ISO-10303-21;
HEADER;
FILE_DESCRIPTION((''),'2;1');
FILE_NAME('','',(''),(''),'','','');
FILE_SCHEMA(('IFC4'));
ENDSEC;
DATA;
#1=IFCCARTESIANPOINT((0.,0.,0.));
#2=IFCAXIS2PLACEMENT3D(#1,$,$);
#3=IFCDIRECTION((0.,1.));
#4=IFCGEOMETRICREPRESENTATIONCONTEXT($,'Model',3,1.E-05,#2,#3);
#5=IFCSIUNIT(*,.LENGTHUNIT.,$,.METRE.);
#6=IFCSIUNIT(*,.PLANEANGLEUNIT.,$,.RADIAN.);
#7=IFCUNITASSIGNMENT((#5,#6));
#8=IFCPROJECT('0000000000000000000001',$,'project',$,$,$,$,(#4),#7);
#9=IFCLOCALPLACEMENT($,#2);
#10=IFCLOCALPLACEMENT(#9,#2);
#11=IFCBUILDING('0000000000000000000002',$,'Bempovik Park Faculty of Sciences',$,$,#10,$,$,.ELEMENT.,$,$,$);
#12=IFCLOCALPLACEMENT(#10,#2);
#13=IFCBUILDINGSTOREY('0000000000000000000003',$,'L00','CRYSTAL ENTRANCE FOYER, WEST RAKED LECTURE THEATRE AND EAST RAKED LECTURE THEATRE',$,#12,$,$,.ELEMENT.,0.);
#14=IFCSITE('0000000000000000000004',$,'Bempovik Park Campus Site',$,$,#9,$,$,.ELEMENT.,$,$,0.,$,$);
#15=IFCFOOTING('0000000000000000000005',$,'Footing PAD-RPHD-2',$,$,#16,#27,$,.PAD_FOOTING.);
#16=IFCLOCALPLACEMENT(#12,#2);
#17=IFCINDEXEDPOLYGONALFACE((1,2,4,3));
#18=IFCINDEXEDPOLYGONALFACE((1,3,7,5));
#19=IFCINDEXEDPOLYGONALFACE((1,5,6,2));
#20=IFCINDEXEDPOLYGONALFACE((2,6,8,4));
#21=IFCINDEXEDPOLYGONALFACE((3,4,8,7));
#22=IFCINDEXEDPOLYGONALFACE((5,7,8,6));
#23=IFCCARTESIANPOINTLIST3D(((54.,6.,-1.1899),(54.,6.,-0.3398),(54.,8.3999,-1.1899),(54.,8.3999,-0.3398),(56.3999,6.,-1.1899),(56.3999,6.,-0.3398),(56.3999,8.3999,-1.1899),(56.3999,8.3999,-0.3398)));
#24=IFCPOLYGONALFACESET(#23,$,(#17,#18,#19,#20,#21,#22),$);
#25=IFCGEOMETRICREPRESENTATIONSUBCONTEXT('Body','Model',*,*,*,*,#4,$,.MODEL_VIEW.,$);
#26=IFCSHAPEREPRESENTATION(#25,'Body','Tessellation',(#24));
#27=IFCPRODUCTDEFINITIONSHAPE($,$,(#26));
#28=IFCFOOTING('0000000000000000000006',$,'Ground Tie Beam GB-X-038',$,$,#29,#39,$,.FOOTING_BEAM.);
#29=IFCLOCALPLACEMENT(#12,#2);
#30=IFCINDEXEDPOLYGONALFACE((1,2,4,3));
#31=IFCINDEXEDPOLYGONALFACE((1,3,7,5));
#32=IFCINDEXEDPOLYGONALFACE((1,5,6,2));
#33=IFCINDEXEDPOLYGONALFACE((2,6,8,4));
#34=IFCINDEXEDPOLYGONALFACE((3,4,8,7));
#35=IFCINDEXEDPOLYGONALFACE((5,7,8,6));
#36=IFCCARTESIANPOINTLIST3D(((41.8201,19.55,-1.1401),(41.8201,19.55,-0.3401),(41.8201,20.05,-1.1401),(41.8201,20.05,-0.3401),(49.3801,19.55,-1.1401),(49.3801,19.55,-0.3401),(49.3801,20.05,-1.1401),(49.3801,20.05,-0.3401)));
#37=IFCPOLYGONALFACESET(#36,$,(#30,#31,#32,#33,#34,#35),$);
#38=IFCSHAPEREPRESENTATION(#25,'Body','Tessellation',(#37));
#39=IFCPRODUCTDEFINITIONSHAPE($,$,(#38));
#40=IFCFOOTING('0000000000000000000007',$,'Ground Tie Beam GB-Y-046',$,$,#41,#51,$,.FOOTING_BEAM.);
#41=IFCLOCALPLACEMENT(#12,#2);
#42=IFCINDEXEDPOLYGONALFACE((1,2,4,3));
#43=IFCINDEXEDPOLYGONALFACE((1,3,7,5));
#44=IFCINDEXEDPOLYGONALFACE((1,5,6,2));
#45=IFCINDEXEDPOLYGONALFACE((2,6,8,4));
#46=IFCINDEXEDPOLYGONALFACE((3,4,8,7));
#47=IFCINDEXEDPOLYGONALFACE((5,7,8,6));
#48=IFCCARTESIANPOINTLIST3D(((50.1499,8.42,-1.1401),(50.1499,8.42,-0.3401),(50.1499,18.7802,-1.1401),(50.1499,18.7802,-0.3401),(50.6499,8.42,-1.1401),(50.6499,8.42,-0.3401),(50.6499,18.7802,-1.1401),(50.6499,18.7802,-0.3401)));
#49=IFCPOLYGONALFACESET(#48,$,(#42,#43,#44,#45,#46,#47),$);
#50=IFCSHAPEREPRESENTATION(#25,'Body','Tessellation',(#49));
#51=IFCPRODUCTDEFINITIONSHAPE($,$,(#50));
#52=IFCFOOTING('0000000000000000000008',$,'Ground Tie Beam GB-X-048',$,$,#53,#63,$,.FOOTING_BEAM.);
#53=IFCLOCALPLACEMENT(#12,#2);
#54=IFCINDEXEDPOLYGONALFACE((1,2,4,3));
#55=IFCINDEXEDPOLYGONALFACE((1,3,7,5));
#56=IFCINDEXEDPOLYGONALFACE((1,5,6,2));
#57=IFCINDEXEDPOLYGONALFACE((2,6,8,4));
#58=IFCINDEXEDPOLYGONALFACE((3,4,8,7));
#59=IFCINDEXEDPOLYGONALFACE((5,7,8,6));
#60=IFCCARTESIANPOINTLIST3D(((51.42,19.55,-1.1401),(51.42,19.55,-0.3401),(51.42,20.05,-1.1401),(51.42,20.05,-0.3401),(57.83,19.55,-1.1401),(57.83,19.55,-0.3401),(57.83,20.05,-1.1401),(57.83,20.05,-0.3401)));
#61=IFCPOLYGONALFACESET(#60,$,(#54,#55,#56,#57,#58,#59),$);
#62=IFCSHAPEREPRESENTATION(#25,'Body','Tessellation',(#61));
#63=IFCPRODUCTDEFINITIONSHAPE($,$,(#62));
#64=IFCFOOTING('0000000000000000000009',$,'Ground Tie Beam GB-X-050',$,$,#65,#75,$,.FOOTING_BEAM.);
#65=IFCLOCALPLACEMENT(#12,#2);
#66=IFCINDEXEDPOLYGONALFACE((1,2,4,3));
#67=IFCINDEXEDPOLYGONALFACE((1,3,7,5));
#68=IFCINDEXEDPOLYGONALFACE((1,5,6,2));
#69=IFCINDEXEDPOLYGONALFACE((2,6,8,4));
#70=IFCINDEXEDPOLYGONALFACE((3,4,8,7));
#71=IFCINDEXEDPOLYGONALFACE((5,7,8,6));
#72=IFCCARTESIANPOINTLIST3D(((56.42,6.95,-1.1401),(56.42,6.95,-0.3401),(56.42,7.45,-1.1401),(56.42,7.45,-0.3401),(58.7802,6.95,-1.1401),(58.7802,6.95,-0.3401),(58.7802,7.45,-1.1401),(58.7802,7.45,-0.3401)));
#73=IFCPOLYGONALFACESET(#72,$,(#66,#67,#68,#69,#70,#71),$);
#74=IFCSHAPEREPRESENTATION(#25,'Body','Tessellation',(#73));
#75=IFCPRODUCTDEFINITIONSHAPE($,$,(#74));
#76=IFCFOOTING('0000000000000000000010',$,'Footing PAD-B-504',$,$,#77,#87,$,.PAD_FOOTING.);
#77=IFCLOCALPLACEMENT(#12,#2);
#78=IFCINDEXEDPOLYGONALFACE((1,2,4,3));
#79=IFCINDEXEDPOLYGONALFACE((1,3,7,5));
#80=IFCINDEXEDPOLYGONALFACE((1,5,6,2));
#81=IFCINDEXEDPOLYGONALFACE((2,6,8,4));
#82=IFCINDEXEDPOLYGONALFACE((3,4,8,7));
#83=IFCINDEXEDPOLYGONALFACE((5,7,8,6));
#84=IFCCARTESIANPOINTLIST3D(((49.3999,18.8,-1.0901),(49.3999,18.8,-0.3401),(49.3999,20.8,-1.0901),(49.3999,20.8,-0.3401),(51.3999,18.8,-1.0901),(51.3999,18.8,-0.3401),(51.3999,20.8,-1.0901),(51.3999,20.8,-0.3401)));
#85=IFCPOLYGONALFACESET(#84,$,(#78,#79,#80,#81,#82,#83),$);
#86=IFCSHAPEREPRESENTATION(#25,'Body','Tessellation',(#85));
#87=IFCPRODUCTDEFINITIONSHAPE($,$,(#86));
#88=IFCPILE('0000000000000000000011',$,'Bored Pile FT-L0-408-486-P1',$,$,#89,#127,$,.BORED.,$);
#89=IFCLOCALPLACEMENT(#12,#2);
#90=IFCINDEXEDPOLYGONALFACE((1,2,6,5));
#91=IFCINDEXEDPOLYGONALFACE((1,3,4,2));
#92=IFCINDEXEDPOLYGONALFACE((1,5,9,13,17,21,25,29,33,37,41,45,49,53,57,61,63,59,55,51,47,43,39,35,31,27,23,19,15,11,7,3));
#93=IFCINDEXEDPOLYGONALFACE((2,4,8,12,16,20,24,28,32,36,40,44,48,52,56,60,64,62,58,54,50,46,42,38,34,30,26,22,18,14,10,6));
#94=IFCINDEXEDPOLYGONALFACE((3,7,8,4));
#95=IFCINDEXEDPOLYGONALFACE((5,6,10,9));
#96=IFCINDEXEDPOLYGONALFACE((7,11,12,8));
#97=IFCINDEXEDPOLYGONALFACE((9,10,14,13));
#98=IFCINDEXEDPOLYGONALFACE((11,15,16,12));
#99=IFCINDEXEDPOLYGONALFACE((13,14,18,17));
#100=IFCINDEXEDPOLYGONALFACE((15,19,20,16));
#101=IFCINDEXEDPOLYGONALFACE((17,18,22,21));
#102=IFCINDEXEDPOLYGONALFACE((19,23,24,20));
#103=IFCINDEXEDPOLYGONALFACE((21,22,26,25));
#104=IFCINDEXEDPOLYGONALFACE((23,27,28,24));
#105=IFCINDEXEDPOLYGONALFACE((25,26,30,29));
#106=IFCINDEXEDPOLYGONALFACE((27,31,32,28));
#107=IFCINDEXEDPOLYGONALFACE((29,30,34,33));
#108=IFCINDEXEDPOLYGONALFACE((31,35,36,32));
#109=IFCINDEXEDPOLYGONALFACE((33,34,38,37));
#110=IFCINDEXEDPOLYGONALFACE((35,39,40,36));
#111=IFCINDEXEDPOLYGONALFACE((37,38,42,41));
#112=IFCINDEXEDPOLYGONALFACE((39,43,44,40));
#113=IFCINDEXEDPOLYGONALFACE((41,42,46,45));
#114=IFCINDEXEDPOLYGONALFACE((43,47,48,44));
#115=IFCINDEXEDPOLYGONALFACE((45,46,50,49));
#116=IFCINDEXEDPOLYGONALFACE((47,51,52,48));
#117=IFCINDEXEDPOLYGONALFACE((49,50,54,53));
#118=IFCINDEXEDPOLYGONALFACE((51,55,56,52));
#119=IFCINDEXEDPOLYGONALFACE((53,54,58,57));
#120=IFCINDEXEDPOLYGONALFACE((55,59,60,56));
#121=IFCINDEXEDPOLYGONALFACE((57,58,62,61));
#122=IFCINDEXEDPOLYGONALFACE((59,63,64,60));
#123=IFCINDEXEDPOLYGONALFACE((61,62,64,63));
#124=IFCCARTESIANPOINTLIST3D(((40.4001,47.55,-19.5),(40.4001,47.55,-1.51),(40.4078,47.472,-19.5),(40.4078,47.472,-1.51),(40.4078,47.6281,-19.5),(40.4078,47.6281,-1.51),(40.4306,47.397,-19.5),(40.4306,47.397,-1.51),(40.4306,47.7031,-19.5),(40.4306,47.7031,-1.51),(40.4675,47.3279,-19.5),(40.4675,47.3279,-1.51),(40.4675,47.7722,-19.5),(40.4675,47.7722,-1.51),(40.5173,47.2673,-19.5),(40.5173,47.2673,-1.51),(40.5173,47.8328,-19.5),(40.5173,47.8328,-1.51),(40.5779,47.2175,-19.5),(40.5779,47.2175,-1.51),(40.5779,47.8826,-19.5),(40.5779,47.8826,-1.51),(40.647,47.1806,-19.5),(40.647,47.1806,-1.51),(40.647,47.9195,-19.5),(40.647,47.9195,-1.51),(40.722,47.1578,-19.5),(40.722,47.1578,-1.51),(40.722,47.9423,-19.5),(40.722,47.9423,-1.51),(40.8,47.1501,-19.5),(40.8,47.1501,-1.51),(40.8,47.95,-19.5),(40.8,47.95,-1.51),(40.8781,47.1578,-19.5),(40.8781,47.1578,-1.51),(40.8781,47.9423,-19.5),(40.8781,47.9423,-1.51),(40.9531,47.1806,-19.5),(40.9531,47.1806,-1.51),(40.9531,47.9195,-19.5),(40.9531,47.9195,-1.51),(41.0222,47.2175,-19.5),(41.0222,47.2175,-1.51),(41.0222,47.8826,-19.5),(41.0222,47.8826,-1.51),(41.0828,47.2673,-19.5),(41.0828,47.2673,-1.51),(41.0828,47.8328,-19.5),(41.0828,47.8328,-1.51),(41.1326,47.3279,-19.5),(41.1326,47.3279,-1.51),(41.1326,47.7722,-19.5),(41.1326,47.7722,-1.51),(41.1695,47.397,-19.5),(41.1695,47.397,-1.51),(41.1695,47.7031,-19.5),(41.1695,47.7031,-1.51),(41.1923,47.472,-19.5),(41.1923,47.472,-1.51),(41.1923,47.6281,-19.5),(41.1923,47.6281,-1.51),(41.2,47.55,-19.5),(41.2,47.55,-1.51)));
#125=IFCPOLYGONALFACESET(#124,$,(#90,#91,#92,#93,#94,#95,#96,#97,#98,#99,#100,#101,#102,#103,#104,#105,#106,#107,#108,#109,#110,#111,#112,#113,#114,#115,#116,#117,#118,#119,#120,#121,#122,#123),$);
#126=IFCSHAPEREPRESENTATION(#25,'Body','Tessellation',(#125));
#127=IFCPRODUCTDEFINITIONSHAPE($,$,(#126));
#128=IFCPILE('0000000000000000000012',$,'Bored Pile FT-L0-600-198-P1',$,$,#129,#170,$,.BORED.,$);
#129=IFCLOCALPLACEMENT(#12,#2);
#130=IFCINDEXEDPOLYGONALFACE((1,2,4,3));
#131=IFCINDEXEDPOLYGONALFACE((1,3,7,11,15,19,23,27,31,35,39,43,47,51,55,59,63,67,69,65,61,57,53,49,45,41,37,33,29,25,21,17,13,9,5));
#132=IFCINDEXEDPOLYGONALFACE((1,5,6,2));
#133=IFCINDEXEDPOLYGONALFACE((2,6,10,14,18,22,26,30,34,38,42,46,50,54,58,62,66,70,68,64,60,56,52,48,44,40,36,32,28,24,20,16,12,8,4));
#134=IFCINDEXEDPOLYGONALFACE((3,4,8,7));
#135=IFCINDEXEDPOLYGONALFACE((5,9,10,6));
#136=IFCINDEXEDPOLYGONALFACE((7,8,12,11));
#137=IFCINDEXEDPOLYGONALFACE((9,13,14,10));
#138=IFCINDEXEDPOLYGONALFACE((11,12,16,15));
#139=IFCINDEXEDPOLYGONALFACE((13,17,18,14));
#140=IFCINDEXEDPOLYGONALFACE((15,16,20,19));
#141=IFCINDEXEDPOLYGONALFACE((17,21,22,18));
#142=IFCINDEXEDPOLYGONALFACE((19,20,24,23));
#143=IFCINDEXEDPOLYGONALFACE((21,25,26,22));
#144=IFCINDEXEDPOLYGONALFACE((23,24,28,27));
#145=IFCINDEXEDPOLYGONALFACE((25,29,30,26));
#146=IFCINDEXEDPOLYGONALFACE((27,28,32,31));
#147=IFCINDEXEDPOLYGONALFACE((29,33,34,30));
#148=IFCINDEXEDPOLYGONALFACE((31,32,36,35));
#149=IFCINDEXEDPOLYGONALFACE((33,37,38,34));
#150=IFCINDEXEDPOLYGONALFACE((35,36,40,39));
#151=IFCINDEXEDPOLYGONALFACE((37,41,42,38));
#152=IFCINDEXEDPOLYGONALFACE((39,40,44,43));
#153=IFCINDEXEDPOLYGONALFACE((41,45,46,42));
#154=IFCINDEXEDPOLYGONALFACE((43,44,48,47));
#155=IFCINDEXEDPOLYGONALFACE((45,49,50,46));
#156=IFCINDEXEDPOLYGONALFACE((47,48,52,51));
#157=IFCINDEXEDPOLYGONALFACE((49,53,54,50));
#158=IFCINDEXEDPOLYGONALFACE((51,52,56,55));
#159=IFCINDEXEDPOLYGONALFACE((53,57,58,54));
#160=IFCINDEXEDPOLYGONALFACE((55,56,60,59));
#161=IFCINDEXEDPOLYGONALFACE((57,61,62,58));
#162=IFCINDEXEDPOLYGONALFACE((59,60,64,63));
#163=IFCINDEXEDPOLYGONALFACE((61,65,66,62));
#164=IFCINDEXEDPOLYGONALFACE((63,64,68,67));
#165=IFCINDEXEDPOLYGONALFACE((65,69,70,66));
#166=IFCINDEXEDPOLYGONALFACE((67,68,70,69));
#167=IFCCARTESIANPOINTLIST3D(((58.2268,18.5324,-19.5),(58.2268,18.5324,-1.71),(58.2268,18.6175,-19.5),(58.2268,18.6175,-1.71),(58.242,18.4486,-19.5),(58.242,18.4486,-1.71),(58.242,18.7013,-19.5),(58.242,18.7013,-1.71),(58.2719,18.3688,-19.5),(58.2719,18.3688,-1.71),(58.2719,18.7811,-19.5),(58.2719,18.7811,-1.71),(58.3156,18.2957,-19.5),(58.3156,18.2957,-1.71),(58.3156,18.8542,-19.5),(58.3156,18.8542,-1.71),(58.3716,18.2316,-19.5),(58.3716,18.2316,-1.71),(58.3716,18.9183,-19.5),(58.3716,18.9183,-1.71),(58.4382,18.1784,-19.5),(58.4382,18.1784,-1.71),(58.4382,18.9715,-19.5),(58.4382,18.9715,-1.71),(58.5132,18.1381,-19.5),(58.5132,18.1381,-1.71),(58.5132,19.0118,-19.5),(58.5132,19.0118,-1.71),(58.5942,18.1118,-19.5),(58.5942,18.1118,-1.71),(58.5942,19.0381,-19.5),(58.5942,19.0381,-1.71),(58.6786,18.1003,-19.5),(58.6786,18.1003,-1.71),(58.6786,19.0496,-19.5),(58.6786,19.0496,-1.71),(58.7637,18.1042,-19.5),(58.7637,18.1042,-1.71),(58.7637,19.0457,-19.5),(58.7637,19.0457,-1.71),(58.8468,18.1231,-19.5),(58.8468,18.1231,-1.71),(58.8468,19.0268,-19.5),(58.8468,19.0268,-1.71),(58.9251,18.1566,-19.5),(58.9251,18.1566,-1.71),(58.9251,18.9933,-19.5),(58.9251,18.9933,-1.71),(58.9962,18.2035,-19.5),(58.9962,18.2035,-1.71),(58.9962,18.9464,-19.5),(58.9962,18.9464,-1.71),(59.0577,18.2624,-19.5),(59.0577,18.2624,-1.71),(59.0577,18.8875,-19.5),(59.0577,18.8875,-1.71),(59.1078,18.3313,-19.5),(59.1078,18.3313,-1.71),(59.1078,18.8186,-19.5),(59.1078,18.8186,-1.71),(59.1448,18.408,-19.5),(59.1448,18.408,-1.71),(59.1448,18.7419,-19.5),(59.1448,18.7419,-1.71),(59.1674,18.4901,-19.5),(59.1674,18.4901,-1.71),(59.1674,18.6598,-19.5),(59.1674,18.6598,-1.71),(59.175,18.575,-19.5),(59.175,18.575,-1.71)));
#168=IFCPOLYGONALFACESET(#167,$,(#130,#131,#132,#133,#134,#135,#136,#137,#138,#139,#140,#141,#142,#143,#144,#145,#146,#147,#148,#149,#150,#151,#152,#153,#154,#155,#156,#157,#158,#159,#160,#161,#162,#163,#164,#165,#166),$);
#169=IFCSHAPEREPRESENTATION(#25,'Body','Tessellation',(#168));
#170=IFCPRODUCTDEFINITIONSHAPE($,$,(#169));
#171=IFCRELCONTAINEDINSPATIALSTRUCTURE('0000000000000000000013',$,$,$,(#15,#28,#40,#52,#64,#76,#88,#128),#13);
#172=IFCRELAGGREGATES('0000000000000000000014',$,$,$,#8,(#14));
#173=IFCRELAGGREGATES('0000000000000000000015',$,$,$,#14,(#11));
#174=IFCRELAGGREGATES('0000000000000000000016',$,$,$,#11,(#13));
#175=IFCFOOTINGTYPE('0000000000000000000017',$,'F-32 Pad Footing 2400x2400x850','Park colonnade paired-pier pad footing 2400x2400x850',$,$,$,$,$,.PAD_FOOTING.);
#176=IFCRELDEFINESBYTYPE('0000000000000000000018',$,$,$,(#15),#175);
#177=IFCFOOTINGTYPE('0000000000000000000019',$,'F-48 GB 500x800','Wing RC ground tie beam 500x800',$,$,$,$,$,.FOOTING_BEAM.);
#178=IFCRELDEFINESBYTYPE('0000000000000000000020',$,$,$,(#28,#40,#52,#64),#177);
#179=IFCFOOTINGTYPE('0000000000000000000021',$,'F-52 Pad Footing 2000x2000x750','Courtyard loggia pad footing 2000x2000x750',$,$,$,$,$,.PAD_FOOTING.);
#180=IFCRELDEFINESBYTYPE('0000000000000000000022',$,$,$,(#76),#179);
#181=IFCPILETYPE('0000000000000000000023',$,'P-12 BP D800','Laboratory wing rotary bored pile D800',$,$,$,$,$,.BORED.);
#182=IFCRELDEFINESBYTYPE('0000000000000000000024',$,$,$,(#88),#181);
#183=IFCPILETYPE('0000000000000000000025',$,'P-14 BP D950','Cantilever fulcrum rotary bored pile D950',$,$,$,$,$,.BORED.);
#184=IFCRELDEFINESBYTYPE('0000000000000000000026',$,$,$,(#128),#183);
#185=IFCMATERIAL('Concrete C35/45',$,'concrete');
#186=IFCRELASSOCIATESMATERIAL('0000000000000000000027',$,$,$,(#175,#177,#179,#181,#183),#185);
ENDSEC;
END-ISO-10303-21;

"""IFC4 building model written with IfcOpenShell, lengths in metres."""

from ifc_helpers import new_model, si_unit, direction, frame, origin, origin_2d, place, context, subcontext, project, spatial, rectangle, circle, extrude, material, material_profile, profile_set, type_object, element, save


model = new_model("IFC4")

# Units and contexts
model_context = context("Model", 3, precision=1e-05, world=origin(), true_north=direction((0.0, 1.0)))
body_context = subcontext(model_context, "Body", "Model", "MODEL_VIEW")
ifc_project = project(units=[si_unit("LENGTHUNIT", "METRE"), si_unit("PLANEANGLEUNIT", "RADIAN")], contexts=[model_context])

# Site, building, storey
site_placement = place(None, origin())
site = spatial("IfcSite", under=ifc_project, at=site_placement, Name="Bempovik Park Campus Site", CompositionType="ELEMENT", RefElevation=0.0)
building_placement = place(site_placement, origin())
building = spatial("IfcBuilding", under=site, at=building_placement, Name="Bempovik Park Faculty of Sciences", CompositionType="ELEMENT")
storey_placement = place(building_placement, origin())
storey = spatial("IfcBuildingStorey", under=building, at=storey_placement, Name="L00", Description="CRYSTAL ENTRANCE FOYER, WEST RAKED LECTURE THEATRE AND EAST RAKED LECTURE THEATRE", CompositionType="ELEMENT", Elevation=0.0)

# Footings
ifc_material_1 = material(Name="Concrete C35/45", Category="concrete")
footing_type_1 = type_object("IfcFootingType", Name="F-32 Pad Footing 2400x2400x850", Description="Park colonnade paired-pier pad footing 2400x2400x850", PredefinedType="PAD_FOOTING", material=ifc_material_1)
footing_1_placement = place(storey_placement, frame((55.2, 7.2, -1.1899), z_axis=(0.0, 0.0, 1.0), x_axis=(1.0, 0.0, 0.0)))
element("IfcFooting", 1, at=footing_1_placement, inside=storey, type_object=footing_type_1, Name="Footing PAD-RPHD-2", PredefinedType="PAD_FOOTING", context=body_context, shape_type="SweptSolid", body=[
    extrude(rectangle(XDim=2.3999, YDim=2.3999, at=origin_2d()), origin(), (0.0, 0.0, 1.0), 0.8501),
])
footing_type_2 = type_object("IfcFootingType", Name="F-48 GB 500x800", Description="Wing RC ground tie beam 500x800", PredefinedType="FOOTING_BEAM", material=ifc_material_1)
footing_2_placement = place(storey_placement, frame((45.6001, 19.8, -1.1401), z_axis=(0.0, 0.0, 1.0), x_axis=(1.0, 0.0, 0.0)))
element("IfcFooting", 2, at=footing_2_placement, inside=storey, type_object=footing_type_2, Name="Ground Tie Beam GB-X-038", PredefinedType="FOOTING_BEAM", context=body_context, shape_type="SweptSolid", body=[
    extrude(rectangle(XDim=7.5601, YDim=0.5, at=origin_2d()), origin(), (0.0, 0.0, 1.0), 0.8),
])
footing_3_placement = place(storey_placement, frame((50.3999, 13.6001, -1.1401), z_axis=(0.0, 0.0, 1.0), x_axis=(1.0, 0.0, 0.0)))
element("IfcFooting", 3, at=footing_3_placement, inside=storey, type_object=footing_type_2, Name="Ground Tie Beam GB-Y-046", PredefinedType="FOOTING_BEAM", context=body_context, shape_type="SweptSolid", body=[
    extrude(rectangle(XDim=0.5, YDim=10.3601, at=origin_2d()), origin(), (0.0, 0.0, 1.0), 0.8),
])
footing_4_placement = place(storey_placement, frame((54.625, 19.8, -1.1401), z_axis=(0.0, 0.0, 1.0), x_axis=(1.0, 0.0, 0.0)))
element("IfcFooting", 4, at=footing_4_placement, inside=storey, type_object=footing_type_2, Name="Ground Tie Beam GB-X-048", PredefinedType="FOOTING_BEAM", context=body_context, shape_type="SweptSolid", body=[
    extrude(rectangle(XDim=6.4099, YDim=0.5, at=origin_2d()), origin(), (0.0, 0.0, 1.0), 0.8),
])
footing_5_placement = place(storey_placement, frame((57.6001, 7.2, -1.1401), z_axis=(0.0, 0.0, 1.0), x_axis=(1.0, 0.0, 0.0)))
element("IfcFooting", 5, at=footing_5_placement, inside=storey, type_object=footing_type_2, Name="Ground Tie Beam GB-X-050", PredefinedType="FOOTING_BEAM", context=body_context, shape_type="SweptSolid", body=[
    extrude(rectangle(XDim=2.3601, YDim=0.5, at=origin_2d()), origin(), (0.0, 0.0, 1.0), 0.8),
])
footing_type_3 = type_object("IfcFootingType", Name="F-52 Pad Footing 2000x2000x750", Description="Courtyard loggia pad footing 2000x2000x750", PredefinedType="PAD_FOOTING", material=ifc_material_1)
footing_6_placement = place(storey_placement, frame((50.3999, 19.8, -1.0901), z_axis=(0.0, 0.0, 1.0), x_axis=(1.0, 0.0, 0.0)))
element("IfcFooting", 6, at=footing_6_placement, inside=storey, type_object=footing_type_3, Name="Footing PAD-B-504", PredefinedType="PAD_FOOTING", context=body_context, shape_type="SweptSolid", body=[
    extrude(rectangle(XDim=2.0, YDim=2.0, at=origin_2d()), origin(), (0.0, 0.0, 1.0), 0.75),
])

# Piles
ifc_material_profile_1 = material_profile(ifc_material_1, circle(Radius=0.3999, at=origin_2d()), Name="BP D800")
ifc_profile_set_1 = profile_set([ifc_material_profile_1], Name="Concrete C35/45")
pile_type_1 = type_object("IfcPileType", Name="P-12 BP D800", Description="Laboratory wing rotary bored pile D800", PredefinedType="BORED", material=ifc_profile_set_1)
pile_placement = place(storey_placement, frame((40.8, 47.55, -1.51), z_axis=(0.0, 0.0, -1.0), x_axis=(1.0, 0.0, 0.0)))
element("IfcPile", 7, at=pile_placement, inside=storey, type_object=pile_type_1, Name="Bored Pile FT-L0-408-486-P1", PredefinedType="BORED", context=body_context, shape_type="SweptSolid", body=[
    extrude(circle(Radius=0.3999, at=origin_2d()), origin(), (0.0, 0.0, 1.0), 17.99),
])
ifc_material_profile_2 = material_profile(ifc_material_1, circle(Radius=0.4751, at=origin_2d()), Name="BP D950")
ifc_profile_set_2 = profile_set([ifc_material_profile_2], Name="Concrete C35/45")
pile_type_2 = type_object("IfcPileType", Name="P-14 BP D950", Description="Cantilever fulcrum rotary bored pile D950", PredefinedType="BORED", material=ifc_profile_set_2)
for number, where, z_axis, x_axis, name in (
    (8, (58.7, 18.575, -1.71), (0.0, 0.0, -1.0), (1.0, 0.0, 0.0), "Bored Pile FT-L0-600-198-P1"),
):
    element("IfcPile", number, at=place(storey_placement, frame(where, z_axis=z_axis, x_axis=x_axis)), inside=storey, type_object=pile_type_2, Name=name, PredefinedType="BORED", context=body_context, shape_type="SweptSolid", body=[
        extrude(circle(Radius=0.4751, at=origin_2d()), origin(), (0.0, 0.0, 1.0), 17.79),
    ])

save(model, "model.ifc")
